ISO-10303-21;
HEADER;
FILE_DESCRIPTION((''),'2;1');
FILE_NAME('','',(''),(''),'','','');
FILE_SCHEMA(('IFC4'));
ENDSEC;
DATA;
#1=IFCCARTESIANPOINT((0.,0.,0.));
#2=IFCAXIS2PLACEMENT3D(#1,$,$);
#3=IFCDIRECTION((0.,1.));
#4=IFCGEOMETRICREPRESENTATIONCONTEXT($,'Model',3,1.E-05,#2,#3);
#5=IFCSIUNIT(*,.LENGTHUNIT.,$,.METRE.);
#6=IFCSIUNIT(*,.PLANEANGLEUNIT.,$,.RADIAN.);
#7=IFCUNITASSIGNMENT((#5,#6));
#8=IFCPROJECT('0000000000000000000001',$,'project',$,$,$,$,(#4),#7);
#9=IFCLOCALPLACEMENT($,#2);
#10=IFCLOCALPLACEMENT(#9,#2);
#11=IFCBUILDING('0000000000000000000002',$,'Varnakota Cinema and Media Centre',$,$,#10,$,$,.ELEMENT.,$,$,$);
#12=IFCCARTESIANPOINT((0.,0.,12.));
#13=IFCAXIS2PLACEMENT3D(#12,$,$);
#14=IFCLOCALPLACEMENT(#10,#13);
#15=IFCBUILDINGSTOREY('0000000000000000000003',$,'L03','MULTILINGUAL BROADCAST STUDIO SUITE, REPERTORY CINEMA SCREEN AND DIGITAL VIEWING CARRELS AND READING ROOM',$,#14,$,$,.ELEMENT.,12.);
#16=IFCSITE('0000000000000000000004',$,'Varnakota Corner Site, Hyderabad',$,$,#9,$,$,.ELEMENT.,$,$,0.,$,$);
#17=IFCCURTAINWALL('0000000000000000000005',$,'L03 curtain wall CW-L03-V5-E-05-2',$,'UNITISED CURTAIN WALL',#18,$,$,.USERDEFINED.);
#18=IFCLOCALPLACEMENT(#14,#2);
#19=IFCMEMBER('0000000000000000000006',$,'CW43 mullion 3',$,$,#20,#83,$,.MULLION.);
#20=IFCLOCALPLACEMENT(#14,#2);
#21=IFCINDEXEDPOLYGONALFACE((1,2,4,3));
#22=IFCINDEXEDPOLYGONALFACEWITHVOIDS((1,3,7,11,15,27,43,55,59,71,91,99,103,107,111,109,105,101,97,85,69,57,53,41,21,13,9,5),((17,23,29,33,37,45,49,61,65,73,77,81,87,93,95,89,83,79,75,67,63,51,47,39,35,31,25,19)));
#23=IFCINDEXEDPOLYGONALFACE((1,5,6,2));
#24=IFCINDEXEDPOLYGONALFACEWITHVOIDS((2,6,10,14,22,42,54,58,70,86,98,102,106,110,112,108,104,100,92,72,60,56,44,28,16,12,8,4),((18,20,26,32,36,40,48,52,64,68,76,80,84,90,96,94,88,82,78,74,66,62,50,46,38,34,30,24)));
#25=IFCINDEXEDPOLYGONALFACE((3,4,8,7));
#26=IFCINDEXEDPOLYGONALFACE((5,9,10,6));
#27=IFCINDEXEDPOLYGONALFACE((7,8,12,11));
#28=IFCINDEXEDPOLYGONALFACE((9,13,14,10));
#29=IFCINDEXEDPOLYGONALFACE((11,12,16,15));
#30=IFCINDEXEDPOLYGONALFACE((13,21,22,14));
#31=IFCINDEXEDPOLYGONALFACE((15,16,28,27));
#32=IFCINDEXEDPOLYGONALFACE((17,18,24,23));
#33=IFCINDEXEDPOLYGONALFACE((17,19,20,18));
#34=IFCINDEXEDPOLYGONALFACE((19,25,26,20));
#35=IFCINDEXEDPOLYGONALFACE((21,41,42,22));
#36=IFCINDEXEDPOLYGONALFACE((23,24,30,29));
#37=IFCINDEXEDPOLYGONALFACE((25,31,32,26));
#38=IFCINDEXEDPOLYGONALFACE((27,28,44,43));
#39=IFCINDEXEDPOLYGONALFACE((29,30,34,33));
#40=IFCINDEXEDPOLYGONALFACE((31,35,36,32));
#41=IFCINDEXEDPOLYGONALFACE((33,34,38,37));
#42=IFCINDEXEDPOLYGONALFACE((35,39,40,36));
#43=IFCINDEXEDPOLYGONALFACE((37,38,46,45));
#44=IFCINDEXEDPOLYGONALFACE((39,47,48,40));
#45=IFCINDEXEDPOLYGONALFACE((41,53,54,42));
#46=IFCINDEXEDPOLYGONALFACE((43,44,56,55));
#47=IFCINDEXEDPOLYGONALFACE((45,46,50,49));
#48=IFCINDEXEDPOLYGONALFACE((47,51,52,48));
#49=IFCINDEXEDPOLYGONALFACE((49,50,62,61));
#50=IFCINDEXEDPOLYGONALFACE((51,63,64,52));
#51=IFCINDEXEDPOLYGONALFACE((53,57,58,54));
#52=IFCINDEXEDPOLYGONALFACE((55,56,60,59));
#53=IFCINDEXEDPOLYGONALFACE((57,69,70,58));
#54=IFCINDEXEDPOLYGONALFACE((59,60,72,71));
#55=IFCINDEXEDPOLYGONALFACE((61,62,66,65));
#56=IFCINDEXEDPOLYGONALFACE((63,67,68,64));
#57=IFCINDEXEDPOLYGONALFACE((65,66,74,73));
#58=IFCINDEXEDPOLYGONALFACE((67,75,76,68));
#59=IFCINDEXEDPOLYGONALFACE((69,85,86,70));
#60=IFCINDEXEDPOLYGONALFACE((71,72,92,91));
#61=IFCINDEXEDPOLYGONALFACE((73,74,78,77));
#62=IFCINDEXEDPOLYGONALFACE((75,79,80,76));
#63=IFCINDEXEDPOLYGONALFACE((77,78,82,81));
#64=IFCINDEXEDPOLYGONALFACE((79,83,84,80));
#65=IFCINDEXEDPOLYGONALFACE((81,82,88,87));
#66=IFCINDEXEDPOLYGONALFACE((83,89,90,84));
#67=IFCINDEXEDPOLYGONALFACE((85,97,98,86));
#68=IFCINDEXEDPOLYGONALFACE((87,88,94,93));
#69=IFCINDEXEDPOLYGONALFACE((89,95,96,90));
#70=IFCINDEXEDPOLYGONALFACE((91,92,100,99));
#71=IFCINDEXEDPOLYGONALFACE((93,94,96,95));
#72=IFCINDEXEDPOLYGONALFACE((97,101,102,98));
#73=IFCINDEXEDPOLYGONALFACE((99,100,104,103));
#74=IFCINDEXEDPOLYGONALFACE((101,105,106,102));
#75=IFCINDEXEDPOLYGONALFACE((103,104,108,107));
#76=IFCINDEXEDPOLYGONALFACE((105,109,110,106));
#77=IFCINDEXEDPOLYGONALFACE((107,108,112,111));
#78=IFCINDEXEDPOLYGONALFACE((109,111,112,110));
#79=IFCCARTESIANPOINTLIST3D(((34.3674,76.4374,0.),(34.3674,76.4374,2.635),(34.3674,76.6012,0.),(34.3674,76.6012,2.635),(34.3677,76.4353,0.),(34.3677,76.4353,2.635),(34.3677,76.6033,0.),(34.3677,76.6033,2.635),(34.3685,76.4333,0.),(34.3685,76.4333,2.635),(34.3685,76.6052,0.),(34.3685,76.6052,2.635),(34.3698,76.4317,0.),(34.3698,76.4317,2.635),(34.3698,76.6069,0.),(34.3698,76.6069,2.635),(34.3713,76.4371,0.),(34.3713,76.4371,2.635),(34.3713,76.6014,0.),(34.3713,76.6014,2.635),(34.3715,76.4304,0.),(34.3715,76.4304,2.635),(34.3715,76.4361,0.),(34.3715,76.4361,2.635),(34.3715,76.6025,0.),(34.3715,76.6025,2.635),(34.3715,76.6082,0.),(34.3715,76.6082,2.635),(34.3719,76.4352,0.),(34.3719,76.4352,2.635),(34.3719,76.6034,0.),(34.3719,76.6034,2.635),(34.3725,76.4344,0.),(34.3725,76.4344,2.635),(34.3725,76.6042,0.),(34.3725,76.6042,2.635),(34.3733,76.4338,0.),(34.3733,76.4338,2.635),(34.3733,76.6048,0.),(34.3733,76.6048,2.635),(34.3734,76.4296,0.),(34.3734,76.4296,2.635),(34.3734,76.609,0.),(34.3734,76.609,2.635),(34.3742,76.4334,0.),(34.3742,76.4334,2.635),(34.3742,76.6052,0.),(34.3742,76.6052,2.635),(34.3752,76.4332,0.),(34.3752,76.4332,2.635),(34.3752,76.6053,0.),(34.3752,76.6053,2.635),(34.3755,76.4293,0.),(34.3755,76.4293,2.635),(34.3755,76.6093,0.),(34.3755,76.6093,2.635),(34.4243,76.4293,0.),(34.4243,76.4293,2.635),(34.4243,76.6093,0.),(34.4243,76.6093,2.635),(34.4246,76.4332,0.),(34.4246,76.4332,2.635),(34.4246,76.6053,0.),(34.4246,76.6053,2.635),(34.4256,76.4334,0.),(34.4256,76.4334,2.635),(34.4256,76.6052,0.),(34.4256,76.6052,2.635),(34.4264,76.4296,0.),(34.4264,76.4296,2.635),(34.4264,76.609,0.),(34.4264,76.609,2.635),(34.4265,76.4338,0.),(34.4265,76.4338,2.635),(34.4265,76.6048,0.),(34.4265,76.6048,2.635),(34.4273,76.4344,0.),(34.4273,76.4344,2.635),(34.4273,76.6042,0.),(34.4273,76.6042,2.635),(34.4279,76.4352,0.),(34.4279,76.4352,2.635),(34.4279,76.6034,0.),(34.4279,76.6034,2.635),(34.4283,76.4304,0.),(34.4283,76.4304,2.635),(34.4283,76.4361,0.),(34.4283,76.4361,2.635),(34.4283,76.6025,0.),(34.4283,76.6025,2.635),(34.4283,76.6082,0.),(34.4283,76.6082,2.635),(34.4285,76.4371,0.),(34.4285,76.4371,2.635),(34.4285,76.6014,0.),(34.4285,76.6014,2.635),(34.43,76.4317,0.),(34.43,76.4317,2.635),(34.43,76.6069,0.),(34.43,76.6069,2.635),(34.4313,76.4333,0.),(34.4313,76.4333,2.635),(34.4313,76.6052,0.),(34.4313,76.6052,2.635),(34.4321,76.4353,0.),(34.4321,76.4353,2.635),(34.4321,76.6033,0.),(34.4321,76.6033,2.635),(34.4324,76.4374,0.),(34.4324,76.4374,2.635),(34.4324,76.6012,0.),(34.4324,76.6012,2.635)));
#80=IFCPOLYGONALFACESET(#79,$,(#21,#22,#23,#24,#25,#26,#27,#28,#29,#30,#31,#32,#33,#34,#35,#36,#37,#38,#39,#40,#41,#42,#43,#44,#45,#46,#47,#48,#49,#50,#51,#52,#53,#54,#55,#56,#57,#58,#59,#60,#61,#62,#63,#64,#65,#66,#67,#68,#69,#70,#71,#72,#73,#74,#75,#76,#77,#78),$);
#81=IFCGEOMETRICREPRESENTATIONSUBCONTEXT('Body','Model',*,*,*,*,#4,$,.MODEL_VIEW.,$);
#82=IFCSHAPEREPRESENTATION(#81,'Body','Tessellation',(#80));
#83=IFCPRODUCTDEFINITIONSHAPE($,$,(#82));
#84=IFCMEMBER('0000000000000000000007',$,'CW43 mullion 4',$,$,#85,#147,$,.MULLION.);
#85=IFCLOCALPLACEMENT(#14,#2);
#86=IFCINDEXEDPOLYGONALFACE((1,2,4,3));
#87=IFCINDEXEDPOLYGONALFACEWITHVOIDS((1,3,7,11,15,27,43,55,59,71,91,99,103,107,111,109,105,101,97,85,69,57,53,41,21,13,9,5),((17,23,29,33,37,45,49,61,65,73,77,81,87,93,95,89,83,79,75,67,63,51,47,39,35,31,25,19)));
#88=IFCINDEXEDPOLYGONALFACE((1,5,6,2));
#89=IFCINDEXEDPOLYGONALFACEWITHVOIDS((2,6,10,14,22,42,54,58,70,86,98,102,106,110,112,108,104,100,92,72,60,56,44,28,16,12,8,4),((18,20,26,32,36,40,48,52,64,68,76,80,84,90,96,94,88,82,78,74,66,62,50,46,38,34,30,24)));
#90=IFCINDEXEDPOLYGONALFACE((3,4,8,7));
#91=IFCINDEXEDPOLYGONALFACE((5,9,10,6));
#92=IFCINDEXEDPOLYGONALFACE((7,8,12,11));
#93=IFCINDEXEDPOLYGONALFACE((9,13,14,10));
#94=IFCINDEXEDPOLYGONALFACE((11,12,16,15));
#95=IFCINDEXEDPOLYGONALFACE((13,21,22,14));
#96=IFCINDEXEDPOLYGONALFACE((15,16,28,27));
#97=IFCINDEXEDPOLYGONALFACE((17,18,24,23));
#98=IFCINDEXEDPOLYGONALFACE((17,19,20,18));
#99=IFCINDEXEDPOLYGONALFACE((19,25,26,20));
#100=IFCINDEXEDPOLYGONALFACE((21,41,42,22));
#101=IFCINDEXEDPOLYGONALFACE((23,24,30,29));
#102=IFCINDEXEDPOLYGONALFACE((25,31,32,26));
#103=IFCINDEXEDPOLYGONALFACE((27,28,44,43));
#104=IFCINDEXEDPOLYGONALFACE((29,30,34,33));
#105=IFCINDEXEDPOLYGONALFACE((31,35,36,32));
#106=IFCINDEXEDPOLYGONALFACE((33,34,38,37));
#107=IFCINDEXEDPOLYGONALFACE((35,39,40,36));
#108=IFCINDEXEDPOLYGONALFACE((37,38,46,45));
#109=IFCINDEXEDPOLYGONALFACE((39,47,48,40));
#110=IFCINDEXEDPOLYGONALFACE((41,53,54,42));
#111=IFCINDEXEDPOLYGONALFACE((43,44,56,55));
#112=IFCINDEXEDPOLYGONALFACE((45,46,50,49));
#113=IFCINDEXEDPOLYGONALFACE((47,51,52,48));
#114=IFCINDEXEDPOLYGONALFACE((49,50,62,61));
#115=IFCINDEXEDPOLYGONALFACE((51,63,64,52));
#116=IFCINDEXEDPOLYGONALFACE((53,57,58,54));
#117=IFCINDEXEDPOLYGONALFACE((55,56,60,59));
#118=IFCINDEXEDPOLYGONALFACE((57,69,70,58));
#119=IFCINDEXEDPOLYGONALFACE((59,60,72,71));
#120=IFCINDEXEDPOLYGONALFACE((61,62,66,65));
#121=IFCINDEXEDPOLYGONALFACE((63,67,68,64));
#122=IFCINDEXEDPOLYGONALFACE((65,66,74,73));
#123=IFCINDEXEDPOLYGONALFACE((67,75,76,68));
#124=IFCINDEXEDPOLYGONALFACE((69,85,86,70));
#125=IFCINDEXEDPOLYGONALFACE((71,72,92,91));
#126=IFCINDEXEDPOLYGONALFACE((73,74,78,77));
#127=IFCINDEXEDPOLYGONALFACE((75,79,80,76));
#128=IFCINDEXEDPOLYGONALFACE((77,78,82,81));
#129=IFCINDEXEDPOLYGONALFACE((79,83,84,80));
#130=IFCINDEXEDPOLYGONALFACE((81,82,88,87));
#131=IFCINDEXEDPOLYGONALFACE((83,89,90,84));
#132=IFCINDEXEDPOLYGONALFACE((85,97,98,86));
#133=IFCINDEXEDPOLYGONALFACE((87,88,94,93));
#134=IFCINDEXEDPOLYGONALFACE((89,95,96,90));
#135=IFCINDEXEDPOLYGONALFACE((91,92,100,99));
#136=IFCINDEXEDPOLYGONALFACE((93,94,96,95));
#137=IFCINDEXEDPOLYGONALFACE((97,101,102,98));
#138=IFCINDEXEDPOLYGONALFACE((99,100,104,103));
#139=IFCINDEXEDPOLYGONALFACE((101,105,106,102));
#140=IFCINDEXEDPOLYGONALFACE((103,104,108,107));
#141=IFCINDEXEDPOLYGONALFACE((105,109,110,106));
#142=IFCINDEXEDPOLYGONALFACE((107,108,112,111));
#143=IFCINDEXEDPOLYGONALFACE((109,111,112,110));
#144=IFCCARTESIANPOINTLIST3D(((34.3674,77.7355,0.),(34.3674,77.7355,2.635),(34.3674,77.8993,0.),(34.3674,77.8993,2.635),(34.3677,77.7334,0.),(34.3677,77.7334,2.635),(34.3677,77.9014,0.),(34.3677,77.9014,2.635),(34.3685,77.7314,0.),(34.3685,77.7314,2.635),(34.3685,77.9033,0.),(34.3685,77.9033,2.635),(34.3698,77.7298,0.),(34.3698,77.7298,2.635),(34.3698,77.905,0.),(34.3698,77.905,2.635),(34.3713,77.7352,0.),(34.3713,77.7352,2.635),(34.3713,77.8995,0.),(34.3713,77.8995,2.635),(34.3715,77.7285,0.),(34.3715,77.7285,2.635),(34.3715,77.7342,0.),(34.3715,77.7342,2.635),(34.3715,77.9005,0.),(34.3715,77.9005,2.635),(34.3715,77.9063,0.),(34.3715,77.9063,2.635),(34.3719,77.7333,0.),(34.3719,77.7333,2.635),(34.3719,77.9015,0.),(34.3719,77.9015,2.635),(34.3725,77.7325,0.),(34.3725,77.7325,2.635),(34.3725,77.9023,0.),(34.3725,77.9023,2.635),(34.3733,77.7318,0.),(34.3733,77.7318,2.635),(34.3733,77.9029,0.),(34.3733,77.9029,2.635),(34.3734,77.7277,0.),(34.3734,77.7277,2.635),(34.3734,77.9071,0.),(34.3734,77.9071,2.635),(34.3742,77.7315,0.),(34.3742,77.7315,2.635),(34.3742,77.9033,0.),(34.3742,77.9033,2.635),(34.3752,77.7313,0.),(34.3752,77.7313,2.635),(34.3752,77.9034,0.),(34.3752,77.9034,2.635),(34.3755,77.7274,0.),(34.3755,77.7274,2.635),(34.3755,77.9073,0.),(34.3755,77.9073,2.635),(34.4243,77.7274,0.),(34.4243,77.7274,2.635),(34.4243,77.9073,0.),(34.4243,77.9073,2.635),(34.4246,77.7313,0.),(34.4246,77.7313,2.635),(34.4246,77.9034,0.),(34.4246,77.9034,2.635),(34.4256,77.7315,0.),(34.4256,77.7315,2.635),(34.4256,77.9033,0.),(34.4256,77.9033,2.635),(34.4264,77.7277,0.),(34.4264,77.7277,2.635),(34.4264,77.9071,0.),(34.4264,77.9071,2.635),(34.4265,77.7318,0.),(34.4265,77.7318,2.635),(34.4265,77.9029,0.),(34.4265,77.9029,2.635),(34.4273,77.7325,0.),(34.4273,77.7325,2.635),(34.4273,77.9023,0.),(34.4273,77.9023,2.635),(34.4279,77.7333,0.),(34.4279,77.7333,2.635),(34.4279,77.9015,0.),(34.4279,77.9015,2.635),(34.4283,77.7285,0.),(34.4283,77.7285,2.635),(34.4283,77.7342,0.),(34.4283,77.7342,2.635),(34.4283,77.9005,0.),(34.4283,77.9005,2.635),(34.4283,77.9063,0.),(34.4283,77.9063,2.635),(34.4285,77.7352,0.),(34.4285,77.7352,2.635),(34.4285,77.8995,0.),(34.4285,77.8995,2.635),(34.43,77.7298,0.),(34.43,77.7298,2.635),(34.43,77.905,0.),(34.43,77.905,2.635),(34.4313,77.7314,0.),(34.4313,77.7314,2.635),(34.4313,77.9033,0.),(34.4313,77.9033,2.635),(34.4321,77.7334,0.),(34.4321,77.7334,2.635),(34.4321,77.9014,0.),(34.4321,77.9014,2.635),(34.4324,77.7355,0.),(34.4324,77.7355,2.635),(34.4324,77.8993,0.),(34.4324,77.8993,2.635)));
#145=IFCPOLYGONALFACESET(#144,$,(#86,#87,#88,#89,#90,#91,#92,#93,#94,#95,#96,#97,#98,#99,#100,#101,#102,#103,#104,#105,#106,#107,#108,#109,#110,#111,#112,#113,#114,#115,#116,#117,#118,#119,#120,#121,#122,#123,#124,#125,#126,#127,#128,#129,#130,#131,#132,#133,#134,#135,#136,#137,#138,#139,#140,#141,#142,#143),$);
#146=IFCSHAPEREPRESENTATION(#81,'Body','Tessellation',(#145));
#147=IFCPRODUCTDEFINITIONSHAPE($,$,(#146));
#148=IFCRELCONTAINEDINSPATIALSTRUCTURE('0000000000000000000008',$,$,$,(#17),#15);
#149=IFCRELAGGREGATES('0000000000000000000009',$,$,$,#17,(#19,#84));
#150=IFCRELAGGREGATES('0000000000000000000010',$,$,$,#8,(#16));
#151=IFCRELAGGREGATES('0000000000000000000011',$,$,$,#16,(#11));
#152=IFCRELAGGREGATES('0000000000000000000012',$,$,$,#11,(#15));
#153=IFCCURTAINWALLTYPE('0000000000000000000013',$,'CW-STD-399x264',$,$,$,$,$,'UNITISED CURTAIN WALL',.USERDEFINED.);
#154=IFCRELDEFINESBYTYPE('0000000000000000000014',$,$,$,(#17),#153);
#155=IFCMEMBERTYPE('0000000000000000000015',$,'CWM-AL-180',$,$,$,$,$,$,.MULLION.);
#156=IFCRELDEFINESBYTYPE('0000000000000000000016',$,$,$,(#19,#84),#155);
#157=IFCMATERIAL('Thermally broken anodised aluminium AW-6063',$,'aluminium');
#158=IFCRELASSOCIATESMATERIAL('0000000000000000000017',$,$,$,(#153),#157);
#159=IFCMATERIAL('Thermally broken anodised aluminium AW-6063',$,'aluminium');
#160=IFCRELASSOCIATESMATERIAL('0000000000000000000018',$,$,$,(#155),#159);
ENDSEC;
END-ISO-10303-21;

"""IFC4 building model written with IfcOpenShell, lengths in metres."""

from ifc_helpers import new_model, si_unit, direction, frame, origin, origin_2d, place, context, subcontext, project, spatial, hollow_rectangle, extrude, material, material_profile, profile_set, type_object, element, aggregate, save


model = new_model("IFC4")

# Units and contexts
model_context = context("Model", 3, precision=1e-05, world=origin(), true_north=direction((0.0, 1.0)))
body_context = subcontext(model_context, "Body", "Model", "MODEL_VIEW")
ifc_project = project(units=[si_unit("LENGTHUNIT", "METRE"), si_unit("PLANEANGLEUNIT", "RADIAN")], contexts=[model_context])

# Site, building, storey
site_placement = place(None, origin())
site = spatial("IfcSite", under=ifc_project, at=site_placement, Name="Varnakota Corner Site, Hyderabad", CompositionType="ELEMENT", RefElevation=0.0)
building_placement = place(site_placement, origin())
building = spatial("IfcBuilding", under=site, at=building_placement, Name="Varnakota Cinema and Media Centre", CompositionType="ELEMENT")
storey_placement = place(building_placement, frame((0.0, 0.0, 12.0)))
storey = spatial("IfcBuildingStorey", under=building, at=storey_placement, Name="L03", Description="MULTILINGUAL BROADCAST STUDIO SUITE, REPERTORY CINEMA SCREEN AND DIGITAL VIEWING CARRELS AND READING ROOM", CompositionType="ELEMENT", Elevation=12.0)

# Curtain wall, members
ifc_material_1 = material(Name="Thermally broken anodised aluminium AW-6063", Category="aluminium")
curtain_wall_type = type_object("IfcCurtainWallType", Name="CW-STD-399x264", ElementType="UNITISED CURTAIN WALL", PredefinedType="USERDEFINED", material=ifc_material_1)
curtain_wall_placement = place(storey_placement, origin())
curtain_wall = element("IfcCurtainWall", 1, at=curtain_wall_placement, inside=storey, type_object=curtain_wall_type, Name="L03 curtain wall CW-L03-V5-E-05-2", ObjectType="UNITISED CURTAIN WALL", PredefinedType="USERDEFINED")
ifc_material_2 = material(Name="Thermally broken anodised aluminium AW-6063", Category="aluminium")
ifc_material_profile_1 = material_profile(ifc_material_2, hollow_rectangle(XDim=0.0649, YDim=0.1799, WallThickness=0.0039, InnerFilletRadius=0.0039, OuterFilletRadius=0.0081, at=origin_2d()), Name="AL-MULLION 180x65x4")
ifc_profile_set_1 = profile_set([ifc_material_profile_1], Name="Thermally broken anodised aluminium AW-6063")
member_type_1 = type_object("IfcMemberType", Name="CWM-AL-180", PredefinedType="MULLION", material=ifc_profile_set_1)
member_1_placement = place(storey_placement, frame((34.3999, 76.5193, 0.0), z_axis=(0.0, 0.0, 1.0), x_axis=(-1.0, 0.0, 0.0)))
member_1 = element("IfcMember", 2, at=member_1_placement, type_object=member_type_1, Name="CW43 mullion 3", PredefinedType="MULLION", context=body_context, shape_type="SweptSolid", body=[
    extrude(hollow_rectangle(XDim=0.0649, YDim=0.1799, WallThickness=0.0039, InnerFilletRadius=0.0039, OuterFilletRadius=0.0081, at=origin_2d()), origin(), (0.0, 0.0, 1.0), 2.635),
])
member_2_placement = place(storey_placement, frame((34.3999, 77.8174, 0.0), z_axis=(0.0, 0.0, 1.0), x_axis=(-1.0, 0.0, 0.0)))
member_2 = element("IfcMember", 3, at=member_2_placement, type_object=member_type_1, Name="CW43 mullion 4", PredefinedType="MULLION", context=body_context, shape_type="SweptSolid", body=[
    extrude(hollow_rectangle(XDim=0.0649, YDim=0.1799, WallThickness=0.0039, InnerFilletRadius=0.0039, OuterFilletRadius=0.0081, at=origin_2d()), origin(), (0.0, 0.0, 1.0), 2.635),
])
aggregate(curtain_wall, [member_1, member_2])

save(model, "model.ifc")
